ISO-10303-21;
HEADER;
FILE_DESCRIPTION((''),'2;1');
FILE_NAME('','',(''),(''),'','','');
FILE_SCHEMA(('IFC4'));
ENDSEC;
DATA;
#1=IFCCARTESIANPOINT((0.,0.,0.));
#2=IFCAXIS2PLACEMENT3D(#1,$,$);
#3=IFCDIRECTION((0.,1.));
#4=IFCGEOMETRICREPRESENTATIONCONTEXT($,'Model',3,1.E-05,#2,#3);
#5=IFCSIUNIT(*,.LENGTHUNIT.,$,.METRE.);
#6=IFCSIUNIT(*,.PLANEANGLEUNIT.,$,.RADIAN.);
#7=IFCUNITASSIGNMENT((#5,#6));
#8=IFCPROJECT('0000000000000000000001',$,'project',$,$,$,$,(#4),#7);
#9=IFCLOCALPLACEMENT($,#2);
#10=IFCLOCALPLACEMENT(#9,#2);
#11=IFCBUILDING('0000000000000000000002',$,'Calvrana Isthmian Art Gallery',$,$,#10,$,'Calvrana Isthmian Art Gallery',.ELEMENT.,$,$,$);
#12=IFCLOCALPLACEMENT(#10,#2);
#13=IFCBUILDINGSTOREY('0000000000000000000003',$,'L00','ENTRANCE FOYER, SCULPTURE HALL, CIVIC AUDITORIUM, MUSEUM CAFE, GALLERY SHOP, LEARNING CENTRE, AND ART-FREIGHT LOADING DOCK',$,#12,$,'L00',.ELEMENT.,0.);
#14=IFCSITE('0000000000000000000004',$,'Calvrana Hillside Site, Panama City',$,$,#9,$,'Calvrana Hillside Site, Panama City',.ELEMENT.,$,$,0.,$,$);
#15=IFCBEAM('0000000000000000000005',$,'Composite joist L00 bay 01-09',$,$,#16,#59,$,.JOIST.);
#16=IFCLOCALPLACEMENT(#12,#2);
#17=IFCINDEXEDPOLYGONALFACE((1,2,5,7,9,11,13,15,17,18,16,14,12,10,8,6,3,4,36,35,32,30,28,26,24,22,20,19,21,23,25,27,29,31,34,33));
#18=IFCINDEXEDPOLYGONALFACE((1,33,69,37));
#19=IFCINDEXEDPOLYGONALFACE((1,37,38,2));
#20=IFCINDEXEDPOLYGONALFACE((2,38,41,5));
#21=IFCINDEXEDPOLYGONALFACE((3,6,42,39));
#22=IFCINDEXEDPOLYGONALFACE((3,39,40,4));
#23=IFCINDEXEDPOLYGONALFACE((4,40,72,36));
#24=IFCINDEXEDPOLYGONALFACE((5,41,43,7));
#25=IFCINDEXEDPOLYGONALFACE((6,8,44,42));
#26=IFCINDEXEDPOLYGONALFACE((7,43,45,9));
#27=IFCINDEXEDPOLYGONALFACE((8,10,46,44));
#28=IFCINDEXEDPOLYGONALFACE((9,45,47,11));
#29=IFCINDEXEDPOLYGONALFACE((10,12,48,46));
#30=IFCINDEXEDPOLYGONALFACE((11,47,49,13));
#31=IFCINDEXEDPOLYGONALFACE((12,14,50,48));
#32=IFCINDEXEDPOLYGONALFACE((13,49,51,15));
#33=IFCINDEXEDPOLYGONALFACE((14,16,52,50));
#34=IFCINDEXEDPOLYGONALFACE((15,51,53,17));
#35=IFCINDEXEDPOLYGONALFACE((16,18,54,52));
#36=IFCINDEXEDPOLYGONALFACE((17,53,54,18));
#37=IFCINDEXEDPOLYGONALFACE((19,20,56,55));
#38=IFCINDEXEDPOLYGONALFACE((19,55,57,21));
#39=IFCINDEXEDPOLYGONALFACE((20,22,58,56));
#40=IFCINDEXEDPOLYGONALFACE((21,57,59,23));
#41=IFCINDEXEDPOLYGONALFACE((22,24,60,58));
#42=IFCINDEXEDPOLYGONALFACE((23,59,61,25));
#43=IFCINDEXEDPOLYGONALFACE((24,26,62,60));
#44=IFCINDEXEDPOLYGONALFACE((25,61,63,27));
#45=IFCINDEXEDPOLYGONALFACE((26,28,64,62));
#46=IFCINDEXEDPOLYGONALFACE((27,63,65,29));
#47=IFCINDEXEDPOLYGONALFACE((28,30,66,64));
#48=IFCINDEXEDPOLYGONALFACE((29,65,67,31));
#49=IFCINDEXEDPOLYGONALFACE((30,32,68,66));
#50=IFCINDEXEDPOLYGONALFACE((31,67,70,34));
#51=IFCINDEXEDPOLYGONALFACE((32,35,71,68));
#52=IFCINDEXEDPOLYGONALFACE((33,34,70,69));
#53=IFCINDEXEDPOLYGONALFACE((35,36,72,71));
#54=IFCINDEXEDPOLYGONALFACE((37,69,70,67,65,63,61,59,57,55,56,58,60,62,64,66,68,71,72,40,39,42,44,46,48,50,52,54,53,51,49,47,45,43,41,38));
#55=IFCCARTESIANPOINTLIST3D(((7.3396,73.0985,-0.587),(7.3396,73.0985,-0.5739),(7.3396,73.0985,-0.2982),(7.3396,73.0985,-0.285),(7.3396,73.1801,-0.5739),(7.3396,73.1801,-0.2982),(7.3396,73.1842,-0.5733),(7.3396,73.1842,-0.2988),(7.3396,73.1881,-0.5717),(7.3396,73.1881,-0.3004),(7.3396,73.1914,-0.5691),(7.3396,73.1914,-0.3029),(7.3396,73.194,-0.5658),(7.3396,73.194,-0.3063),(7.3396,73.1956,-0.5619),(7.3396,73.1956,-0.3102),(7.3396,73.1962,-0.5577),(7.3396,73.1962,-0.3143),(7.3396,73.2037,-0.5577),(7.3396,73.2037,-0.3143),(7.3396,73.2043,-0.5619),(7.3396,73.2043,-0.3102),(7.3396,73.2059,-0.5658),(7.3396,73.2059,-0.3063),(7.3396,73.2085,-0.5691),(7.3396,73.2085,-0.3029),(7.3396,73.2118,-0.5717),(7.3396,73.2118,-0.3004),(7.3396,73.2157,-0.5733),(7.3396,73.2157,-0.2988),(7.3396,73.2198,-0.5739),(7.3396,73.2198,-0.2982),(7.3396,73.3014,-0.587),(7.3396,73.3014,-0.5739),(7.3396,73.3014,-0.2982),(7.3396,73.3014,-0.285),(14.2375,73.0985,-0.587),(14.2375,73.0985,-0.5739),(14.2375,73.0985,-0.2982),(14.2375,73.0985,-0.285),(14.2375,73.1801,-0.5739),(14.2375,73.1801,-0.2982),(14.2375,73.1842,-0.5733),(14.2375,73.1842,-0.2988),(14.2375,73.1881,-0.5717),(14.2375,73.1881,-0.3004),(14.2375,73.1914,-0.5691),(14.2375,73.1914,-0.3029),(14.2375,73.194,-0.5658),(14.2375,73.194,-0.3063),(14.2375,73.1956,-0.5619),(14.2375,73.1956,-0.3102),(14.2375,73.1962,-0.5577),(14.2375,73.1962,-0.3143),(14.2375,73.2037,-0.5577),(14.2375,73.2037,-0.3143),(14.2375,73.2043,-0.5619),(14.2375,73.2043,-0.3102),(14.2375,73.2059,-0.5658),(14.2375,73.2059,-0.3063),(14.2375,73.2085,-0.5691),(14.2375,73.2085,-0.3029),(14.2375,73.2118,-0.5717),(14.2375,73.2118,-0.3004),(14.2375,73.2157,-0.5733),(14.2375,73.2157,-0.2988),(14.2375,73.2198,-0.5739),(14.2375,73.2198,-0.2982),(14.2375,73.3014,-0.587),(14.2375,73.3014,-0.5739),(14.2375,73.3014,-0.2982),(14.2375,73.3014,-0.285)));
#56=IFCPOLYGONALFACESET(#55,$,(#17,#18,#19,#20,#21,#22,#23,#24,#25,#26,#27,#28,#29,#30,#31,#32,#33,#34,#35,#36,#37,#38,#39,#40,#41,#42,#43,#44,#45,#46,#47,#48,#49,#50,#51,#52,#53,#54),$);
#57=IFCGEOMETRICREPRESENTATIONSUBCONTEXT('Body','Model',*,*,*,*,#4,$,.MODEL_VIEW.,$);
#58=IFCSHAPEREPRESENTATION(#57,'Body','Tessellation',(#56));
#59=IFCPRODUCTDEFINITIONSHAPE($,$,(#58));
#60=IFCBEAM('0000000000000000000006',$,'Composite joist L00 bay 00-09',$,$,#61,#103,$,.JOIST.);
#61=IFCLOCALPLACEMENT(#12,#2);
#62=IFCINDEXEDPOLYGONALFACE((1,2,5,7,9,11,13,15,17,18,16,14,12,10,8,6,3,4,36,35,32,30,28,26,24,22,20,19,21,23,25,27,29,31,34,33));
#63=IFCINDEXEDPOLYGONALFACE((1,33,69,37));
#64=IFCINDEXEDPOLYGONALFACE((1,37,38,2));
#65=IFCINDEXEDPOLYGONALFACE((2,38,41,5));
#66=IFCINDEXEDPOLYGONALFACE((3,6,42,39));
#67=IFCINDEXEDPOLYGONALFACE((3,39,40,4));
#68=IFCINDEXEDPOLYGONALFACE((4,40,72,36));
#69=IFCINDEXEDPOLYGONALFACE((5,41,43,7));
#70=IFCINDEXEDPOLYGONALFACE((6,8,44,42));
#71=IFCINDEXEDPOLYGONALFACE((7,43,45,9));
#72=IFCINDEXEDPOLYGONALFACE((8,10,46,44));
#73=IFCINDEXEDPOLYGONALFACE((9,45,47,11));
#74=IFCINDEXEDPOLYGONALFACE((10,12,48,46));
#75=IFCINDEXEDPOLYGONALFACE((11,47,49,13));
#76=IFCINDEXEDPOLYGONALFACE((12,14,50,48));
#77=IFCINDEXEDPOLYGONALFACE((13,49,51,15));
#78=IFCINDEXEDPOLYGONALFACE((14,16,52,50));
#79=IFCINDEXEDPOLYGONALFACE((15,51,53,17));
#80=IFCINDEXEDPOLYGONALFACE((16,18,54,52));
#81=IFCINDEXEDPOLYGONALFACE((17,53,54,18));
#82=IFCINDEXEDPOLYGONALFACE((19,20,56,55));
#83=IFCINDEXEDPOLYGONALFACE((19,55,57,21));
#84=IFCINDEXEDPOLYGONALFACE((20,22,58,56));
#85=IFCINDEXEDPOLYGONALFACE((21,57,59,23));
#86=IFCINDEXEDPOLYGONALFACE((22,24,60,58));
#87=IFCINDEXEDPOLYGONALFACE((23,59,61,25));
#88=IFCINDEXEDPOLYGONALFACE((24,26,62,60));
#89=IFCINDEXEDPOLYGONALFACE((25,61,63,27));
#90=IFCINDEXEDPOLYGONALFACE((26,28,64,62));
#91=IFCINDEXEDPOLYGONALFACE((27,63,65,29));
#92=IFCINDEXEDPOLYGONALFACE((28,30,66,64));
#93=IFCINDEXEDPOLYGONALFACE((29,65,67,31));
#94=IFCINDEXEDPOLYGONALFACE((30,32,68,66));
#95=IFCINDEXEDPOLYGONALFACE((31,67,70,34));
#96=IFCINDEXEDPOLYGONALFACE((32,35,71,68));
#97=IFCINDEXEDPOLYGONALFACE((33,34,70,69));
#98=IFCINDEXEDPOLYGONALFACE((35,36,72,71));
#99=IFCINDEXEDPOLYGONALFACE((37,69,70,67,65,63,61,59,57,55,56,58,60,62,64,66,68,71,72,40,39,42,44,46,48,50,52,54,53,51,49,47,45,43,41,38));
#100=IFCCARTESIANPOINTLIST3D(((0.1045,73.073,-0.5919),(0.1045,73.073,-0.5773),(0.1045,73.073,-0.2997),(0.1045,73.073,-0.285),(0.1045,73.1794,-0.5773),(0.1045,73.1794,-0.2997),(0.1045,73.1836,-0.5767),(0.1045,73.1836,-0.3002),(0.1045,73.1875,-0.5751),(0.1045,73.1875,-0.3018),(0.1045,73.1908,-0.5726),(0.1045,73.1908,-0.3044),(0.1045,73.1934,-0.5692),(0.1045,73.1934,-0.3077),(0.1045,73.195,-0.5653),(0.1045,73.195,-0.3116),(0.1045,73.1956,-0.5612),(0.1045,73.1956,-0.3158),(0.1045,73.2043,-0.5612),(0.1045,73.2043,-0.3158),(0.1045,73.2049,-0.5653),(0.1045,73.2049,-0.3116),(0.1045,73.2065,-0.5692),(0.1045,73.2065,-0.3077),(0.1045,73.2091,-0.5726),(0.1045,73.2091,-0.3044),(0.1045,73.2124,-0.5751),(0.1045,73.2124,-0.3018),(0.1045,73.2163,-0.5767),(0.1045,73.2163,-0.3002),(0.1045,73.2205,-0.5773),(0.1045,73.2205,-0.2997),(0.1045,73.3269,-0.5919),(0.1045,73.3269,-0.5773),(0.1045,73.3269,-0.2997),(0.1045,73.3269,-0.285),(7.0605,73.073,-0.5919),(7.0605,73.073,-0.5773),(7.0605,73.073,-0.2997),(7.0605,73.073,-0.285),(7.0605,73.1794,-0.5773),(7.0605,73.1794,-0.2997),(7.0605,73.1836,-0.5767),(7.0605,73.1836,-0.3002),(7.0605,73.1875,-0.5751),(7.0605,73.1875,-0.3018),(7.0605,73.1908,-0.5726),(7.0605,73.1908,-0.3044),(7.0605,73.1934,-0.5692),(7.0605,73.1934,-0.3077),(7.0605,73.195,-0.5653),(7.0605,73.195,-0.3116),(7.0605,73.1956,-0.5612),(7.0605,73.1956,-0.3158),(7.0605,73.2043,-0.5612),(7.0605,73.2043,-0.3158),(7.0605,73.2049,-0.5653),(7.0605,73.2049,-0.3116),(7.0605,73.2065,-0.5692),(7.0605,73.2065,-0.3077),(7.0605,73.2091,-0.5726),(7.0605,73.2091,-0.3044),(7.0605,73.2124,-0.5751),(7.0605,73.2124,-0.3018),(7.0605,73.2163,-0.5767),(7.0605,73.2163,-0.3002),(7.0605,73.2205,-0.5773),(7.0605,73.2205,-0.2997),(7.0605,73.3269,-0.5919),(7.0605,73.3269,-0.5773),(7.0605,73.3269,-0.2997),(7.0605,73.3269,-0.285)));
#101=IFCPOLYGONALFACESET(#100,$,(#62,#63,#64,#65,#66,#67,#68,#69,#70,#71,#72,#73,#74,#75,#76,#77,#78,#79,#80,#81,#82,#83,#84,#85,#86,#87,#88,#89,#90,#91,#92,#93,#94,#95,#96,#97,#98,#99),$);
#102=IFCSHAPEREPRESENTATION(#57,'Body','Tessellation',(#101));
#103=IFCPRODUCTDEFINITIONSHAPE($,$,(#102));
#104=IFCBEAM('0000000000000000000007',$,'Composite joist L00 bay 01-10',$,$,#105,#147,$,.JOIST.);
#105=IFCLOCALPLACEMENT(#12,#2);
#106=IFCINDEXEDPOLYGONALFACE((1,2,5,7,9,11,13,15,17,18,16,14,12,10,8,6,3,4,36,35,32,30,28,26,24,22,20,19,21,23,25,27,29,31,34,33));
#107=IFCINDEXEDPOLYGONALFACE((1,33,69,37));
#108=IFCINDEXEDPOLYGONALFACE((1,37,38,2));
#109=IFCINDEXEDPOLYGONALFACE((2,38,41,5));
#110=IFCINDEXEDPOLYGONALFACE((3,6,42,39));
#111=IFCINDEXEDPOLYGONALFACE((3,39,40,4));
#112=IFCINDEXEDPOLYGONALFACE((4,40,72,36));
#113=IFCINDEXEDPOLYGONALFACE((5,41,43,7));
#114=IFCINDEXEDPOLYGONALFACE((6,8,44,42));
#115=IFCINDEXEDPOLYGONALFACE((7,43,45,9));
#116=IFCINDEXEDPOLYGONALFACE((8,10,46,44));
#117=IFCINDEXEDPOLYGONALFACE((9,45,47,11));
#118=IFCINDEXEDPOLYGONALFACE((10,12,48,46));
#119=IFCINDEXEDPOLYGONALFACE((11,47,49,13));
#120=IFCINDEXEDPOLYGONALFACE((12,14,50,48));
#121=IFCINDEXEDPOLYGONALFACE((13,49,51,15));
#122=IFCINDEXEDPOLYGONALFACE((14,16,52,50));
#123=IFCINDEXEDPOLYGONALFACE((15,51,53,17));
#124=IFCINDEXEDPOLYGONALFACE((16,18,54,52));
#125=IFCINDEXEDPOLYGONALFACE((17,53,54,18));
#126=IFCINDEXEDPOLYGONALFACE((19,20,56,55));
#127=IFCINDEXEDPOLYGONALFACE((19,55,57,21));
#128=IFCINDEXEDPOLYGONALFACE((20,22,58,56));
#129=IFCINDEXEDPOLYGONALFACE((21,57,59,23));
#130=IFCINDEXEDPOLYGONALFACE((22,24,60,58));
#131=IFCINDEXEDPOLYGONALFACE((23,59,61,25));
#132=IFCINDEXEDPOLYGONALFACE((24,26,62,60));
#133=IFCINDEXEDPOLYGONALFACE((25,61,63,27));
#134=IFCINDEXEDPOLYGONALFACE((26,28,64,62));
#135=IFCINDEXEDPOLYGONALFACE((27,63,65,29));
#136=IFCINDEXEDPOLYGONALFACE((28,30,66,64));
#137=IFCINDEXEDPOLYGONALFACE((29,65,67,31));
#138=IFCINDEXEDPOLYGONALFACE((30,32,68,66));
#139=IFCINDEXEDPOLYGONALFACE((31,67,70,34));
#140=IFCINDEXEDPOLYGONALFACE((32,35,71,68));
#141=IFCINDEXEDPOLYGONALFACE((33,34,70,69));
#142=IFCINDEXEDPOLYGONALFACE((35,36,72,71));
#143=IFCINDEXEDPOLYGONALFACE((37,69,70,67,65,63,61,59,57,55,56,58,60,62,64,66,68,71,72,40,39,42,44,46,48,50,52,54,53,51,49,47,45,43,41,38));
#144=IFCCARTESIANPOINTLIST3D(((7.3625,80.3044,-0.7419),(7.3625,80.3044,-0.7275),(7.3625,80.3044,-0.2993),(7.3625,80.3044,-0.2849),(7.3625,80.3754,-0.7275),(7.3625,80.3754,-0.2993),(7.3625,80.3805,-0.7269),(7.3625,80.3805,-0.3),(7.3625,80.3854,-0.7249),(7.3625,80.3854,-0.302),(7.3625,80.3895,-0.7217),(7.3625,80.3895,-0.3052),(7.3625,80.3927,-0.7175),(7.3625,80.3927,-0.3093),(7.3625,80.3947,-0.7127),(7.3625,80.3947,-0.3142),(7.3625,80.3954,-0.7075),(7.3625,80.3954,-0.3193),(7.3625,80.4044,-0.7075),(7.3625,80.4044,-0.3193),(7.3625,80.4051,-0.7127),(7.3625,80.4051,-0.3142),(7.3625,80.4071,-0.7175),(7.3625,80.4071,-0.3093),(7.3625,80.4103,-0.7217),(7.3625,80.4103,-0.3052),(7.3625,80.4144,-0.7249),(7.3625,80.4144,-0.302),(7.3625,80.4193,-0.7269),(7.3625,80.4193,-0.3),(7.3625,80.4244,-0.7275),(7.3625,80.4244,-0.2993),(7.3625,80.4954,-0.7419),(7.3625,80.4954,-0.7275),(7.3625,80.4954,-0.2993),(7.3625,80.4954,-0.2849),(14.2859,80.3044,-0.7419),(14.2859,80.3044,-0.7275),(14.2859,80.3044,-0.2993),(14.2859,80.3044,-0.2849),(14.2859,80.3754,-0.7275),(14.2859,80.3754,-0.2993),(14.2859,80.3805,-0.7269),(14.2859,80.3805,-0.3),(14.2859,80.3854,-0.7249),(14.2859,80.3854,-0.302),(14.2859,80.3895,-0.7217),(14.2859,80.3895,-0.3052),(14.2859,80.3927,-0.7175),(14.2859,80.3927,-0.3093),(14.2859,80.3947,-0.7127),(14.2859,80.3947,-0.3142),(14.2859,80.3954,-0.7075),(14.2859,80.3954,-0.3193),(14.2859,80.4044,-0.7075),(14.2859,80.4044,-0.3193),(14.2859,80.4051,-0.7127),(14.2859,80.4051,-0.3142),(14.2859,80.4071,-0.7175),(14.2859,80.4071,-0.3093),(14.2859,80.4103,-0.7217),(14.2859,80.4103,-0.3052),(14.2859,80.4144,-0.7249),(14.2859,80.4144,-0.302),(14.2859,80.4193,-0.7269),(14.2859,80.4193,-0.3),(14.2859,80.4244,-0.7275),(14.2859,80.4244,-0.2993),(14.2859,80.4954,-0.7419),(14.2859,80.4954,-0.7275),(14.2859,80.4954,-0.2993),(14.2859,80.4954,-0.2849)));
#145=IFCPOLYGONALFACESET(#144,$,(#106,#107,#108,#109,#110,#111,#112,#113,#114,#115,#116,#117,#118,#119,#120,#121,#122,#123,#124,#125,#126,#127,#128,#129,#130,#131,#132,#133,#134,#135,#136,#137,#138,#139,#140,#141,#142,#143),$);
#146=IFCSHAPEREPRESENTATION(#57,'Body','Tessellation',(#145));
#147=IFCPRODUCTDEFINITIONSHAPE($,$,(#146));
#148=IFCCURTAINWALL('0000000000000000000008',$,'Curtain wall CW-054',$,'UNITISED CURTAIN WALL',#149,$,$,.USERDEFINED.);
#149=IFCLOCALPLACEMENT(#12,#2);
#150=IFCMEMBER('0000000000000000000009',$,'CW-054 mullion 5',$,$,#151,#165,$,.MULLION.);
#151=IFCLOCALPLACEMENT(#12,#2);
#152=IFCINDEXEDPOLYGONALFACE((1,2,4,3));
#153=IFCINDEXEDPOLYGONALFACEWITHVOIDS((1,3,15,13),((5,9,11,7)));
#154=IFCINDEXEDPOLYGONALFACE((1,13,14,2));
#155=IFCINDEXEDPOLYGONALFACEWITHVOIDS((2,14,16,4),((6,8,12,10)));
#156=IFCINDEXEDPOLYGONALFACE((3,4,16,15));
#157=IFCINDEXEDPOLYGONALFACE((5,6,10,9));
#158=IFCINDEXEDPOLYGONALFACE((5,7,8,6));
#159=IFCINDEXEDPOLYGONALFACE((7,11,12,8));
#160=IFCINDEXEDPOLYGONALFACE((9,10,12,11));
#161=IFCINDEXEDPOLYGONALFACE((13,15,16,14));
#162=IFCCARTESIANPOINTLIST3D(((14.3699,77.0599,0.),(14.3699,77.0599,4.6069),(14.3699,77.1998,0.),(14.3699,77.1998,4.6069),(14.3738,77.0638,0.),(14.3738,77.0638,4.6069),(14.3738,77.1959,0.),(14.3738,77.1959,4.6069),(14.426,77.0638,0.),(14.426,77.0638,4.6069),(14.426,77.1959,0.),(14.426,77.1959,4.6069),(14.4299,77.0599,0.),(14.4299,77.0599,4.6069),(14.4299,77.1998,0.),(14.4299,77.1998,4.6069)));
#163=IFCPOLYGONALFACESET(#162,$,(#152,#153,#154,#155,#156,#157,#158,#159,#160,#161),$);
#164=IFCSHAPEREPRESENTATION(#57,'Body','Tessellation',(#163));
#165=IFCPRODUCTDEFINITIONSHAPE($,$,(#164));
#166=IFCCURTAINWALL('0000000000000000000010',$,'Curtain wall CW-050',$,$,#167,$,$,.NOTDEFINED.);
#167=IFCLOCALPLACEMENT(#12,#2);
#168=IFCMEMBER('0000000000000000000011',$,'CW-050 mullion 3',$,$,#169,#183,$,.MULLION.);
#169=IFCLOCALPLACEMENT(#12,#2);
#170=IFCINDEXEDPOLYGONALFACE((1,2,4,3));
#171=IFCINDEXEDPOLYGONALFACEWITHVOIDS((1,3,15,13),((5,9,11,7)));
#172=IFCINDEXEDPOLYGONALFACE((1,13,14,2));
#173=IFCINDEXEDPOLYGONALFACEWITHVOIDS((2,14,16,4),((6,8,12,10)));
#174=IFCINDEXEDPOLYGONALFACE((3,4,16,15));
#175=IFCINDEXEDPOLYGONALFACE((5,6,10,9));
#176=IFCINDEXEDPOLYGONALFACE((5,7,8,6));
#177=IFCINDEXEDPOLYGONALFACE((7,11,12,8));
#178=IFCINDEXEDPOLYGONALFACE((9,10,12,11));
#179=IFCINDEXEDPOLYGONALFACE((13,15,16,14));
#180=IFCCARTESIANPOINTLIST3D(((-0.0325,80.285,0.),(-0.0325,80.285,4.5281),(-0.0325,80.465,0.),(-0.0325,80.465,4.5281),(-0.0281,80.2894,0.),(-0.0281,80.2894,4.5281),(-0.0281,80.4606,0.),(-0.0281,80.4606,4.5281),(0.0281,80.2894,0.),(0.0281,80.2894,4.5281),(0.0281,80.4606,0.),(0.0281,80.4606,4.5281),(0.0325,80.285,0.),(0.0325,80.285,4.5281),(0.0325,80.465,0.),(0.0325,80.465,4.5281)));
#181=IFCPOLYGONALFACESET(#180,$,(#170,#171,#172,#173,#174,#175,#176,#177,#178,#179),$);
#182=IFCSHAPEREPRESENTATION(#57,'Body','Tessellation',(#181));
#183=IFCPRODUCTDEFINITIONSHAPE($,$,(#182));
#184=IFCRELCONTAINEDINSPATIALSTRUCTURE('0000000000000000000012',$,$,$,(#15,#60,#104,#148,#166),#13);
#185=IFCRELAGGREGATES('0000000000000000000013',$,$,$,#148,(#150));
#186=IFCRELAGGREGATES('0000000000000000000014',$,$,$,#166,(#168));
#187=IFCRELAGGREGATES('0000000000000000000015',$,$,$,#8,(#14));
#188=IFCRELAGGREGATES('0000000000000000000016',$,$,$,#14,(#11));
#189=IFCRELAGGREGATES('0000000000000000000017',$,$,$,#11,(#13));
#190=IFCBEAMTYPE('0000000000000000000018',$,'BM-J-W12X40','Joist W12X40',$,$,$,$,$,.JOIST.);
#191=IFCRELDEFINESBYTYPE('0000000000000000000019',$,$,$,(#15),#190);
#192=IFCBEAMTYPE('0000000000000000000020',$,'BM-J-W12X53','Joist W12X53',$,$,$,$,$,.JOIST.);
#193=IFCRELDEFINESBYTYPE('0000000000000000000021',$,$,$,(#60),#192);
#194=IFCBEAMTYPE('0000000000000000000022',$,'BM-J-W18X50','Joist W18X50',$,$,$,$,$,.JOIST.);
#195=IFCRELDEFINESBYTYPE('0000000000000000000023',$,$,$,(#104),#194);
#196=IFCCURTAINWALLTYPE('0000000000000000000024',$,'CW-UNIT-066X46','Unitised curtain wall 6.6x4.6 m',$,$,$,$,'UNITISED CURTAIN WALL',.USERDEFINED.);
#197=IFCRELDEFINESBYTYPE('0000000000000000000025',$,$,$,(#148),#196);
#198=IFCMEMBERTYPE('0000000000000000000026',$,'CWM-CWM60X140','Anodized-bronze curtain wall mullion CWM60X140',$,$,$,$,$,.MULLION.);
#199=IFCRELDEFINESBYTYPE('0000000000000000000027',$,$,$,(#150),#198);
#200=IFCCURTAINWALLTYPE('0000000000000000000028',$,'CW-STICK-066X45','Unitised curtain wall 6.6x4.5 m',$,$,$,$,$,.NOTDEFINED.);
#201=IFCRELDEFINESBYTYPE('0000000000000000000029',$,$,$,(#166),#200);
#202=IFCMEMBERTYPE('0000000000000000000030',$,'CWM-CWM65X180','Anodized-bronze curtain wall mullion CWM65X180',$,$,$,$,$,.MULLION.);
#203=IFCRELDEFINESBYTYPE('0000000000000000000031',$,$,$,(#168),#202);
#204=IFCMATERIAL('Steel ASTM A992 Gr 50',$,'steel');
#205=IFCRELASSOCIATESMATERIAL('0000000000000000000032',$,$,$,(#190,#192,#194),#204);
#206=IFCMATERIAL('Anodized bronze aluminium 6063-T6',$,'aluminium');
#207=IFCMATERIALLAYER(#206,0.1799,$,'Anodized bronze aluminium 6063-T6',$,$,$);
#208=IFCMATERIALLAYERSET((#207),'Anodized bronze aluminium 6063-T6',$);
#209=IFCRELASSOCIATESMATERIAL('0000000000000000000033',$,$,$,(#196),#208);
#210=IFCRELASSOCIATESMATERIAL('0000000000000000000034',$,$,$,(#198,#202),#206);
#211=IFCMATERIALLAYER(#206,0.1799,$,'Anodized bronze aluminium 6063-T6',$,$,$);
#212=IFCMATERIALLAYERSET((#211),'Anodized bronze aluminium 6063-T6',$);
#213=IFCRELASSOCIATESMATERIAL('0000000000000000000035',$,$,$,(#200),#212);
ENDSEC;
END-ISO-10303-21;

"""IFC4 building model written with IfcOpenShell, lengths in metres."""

from ifc_helpers import new_model, si_unit, direction, frame, origin, origin_2d, place, context, subcontext, project, spatial, hollow_rectangle, i_section, extrude, material, layer, layer_set, material_profile, profile_set, type_object, element, aggregate, save


model = new_model("IFC4")

# Units and contexts
model_context = context("Model", 3, precision=1e-05, world=origin(), true_north=direction((0.0, 1.0)))
body_context = subcontext(model_context, "Body", "Model", "MODEL_VIEW")
ifc_project = project(units=[si_unit("LENGTHUNIT", "METRE"), si_unit("PLANEANGLEUNIT", "RADIAN")], contexts=[model_context])

# Site, building, storey
site_placement = place(None, origin())
site = spatial("IfcSite", under=ifc_project, at=site_placement, Name="Calvrana Hillside Site, Panama City", LongName="Calvrana Hillside Site, Panama City", CompositionType="ELEMENT", RefElevation=0.0)
building_placement = place(site_placement, origin())
building = spatial("IfcBuilding", under=site, at=building_placement, Name="Calvrana Isthmian Art Gallery", LongName="Calvrana Isthmian Art Gallery", CompositionType="ELEMENT")
storey_placement = place(building_placement, origin())
storey = spatial("IfcBuildingStorey", under=building, at=storey_placement, Name="L00", Description="ENTRANCE FOYER, SCULPTURE HALL, CIVIC AUDITORIUM, MUSEUM CAFE, GALLERY SHOP, LEARNING CENTRE, AND ART-FREIGHT LOADING DOCK", LongName="L00", CompositionType="ELEMENT", Elevation=0.0)

# Beams
ifc_material_1 = material(Name="Steel ASTM A992 Gr 50", Category="steel")
ifc_material_profile_1 = material_profile(ifc_material_1, i_section(OverallWidth=0.2029, OverallDepth=0.302, WebThickness=0.0076, FlangeThickness=0.0132, FilletRadius=0.0161, at=origin_2d()), Name="W12X40")
ifc_profile_set_1 = profile_set([ifc_material_profile_1], Name="Steel ASTM A992 Gr 50")
beam_type_1 = type_object("IfcBeamType", Name="BM-J-W12X40", Description="Joist W12X40", PredefinedType="JOIST", material=ifc_profile_set_1)
beam_1_placement = place(storey_placement, frame((7.3396, 73.2, -0.436), z_axis=(1.0, 0.0, 0.0), x_axis=(0.0, 1.0, 0.0)))
element("IfcBeam", 1, at=beam_1_placement, inside=storey, type_object=beam_type_1, Name="Composite joist L00 bay 01-09", PredefinedType="JOIST", context=body_context, shape_type="SweptSolid", body=[
    extrude(i_section(OverallWidth=0.2029, OverallDepth=0.302, WebThickness=0.0076, FlangeThickness=0.0132, FilletRadius=0.0161, at=origin_2d()), origin(), (0.0, 0.0, 1.0), 6.8979),
])
ifc_material_profile_2 = material_profile(ifc_material_1, i_section(OverallWidth=0.2539, OverallDepth=0.3069, WebThickness=0.0088, FlangeThickness=0.0146, FilletRadius=0.0161, at=origin_2d()), Name="W12X53")
ifc_profile_set_2 = profile_set([ifc_material_profile_2], Name="Steel ASTM A992 Gr 50")
beam_type_2 = type_object("IfcBeamType", Name="BM-J-W12X53", Description="Joist W12X53", PredefinedType="JOIST", material=ifc_profile_set_2)
beam_2_placement = place(storey_placement, frame((0.1045, 73.2, -0.4385), z_axis=(1.0, 0.0, 0.0), x_axis=(0.0, 1.0, 0.0)))
element("IfcBeam", 2, at=beam_2_placement, inside=storey, type_object=beam_type_2, Name="Composite joist L00 bay 00-09", PredefinedType="JOIST", context=body_context, shape_type="SweptSolid", body=[
    extrude(i_section(OverallWidth=0.2539, OverallDepth=0.3069, WebThickness=0.0088, FlangeThickness=0.0146, FilletRadius=0.0161, at=origin_2d()), origin(), (0.0, 0.0, 1.0), 6.9561),
])
ifc_material_profile_3 = material_profile(ifc_material_1, i_section(OverallWidth=0.1909, OverallDepth=0.457, WebThickness=0.009, FlangeThickness=0.0144, FilletRadius=0.02, at=origin_2d()), Name="W18X50")
ifc_profile_set_3 = profile_set([ifc_material_profile_3], Name="Steel ASTM A992 Gr 50")
beam_type_3 = type_object("IfcBeamType", Name="BM-J-W18X50", Description="Joist W18X50", PredefinedType="JOIST", material=ifc_profile_set_3)
beam_3_placement = place(storey_placement, frame((7.3625, 80.3999, -0.5134), z_axis=(1.0, 0.0, 0.0), x_axis=(0.0, 1.0, 0.0)))
element("IfcBeam", 3, at=beam_3_placement, inside=storey, type_object=beam_type_3, Name="Composite joist L00 bay 01-10", PredefinedType="JOIST", context=body_context, shape_type="SweptSolid", body=[
    extrude(i_section(OverallWidth=0.1909, OverallDepth=0.457, WebThickness=0.009, FlangeThickness=0.0144, FilletRadius=0.02, at=origin_2d()), origin(), (0.0, 0.0, 1.0), 6.9233),
])

# Curtain wall, member
ifc_material_2 = material(Name="Anodized bronze aluminium 6063-T6", Category="aluminium")
ifc_layer_1 = layer(ifc_material_2, 0.1799, Name="Anodized bronze aluminium 6063-T6")
ifc_layer_set_1 = layer_set([ifc_layer_1], Name="Anodized bronze aluminium 6063-T6")
curtain_wall_type_1 = type_object("IfcCurtainWallType", Name="CW-UNIT-066X46", Description="Unitised curtain wall 6.6x4.6 m", ElementType="UNITISED CURTAIN WALL", PredefinedType="USERDEFINED", material=ifc_layer_set_1)
curtain_wall_1_placement = place(storey_placement, origin())
curtain_wall_1 = element("IfcCurtainWall", 4, at=curtain_wall_1_placement, inside=storey, type_object=curtain_wall_type_1, Name="Curtain wall CW-054", ObjectType="UNITISED CURTAIN WALL", PredefinedType="USERDEFINED")
ifc_material_profile_4 = material_profile(ifc_material_2, hollow_rectangle(XDim=0.0601, YDim=0.1399, WallThickness=0.0039, at=origin_2d()), Name="CWM60X140")
ifc_profile_set_4 = profile_set([ifc_material_profile_4], Name="Anodized bronze aluminium 6063-T6")
member_type_1 = type_object("IfcMemberType", Name="CWM-CWM60X140", Description="Anodized-bronze curtain wall mullion CWM60X140", PredefinedType="MULLION", material=ifc_profile_set_4)
member_1_placement = place(storey_placement, frame((14.3999, 77.1299, 0.0), z_axis=(0.0, 0.0, 1.0), x_axis=(1.0, 0.0, 0.0)))
member_1 = element("IfcMember", 5, at=member_1_placement, type_object=member_type_1, Name="CW-054 mullion 5", PredefinedType="MULLION", context=body_context, shape_type="SweptSolid", body=[
    extrude(hollow_rectangle(XDim=0.0601, YDim=0.1399, WallThickness=0.0039, at=origin_2d()), origin(), (0.0, 0.0, 1.0), 4.6069),
])
aggregate(curtain_wall_1, [member_1])

# Curtain wall, member
ifc_layer_2 = layer(ifc_material_2, 0.1799, Name="Anodized bronze aluminium 6063-T6")
ifc_layer_set_2 = layer_set([ifc_layer_2], Name="Anodized bronze aluminium 6063-T6")
curtain_wall_type_2 = type_object("IfcCurtainWallType", Name="CW-STICK-066X45", Description="Unitised curtain wall 6.6x4.5 m", PredefinedType="NOTDEFINED", material=ifc_layer_set_2)
curtain_wall_2_placement = place(storey_placement, origin())
curtain_wall_2 = element("IfcCurtainWall", 6, at=curtain_wall_2_placement, inside=storey, type_object=curtain_wall_type_2, Name="Curtain wall CW-050", PredefinedType="NOTDEFINED")
ifc_material_profile_5 = material_profile(ifc_material_2, hollow_rectangle(XDim=0.0649, YDim=0.1799, WallThickness=0.0044, at=origin_2d()), Name="CWM65X180")
ifc_profile_set_5 = profile_set([ifc_material_profile_5], Name="Anodized bronze aluminium 6063-T6")
member_type_2 = type_object("IfcMemberType", Name="CWM-CWM65X180", Description="Anodized-bronze curtain wall mullion CWM65X180", PredefinedType="MULLION", material=ifc_profile_set_5)
member_2_placement = place(storey_placement, frame((0.0, 80.375, 0.0), z_axis=(0.0, 0.0, 1.0), x_axis=(-1.0, 0.0, 0.0)))
member_2 = element("IfcMember", 7, at=member_2_placement, type_object=member_type_2, Name="CW-050 mullion 3", PredefinedType="MULLION", context=body_context, shape_type="SweptSolid", body=[
    extrude(hollow_rectangle(XDim=0.0649, YDim=0.1799, WallThickness=0.0044, at=origin_2d()), origin(), (0.0, 0.0, 1.0), 4.5281),
])
aggregate(curtain_wall_2, [member_2])

save(model, "model.ifc")
